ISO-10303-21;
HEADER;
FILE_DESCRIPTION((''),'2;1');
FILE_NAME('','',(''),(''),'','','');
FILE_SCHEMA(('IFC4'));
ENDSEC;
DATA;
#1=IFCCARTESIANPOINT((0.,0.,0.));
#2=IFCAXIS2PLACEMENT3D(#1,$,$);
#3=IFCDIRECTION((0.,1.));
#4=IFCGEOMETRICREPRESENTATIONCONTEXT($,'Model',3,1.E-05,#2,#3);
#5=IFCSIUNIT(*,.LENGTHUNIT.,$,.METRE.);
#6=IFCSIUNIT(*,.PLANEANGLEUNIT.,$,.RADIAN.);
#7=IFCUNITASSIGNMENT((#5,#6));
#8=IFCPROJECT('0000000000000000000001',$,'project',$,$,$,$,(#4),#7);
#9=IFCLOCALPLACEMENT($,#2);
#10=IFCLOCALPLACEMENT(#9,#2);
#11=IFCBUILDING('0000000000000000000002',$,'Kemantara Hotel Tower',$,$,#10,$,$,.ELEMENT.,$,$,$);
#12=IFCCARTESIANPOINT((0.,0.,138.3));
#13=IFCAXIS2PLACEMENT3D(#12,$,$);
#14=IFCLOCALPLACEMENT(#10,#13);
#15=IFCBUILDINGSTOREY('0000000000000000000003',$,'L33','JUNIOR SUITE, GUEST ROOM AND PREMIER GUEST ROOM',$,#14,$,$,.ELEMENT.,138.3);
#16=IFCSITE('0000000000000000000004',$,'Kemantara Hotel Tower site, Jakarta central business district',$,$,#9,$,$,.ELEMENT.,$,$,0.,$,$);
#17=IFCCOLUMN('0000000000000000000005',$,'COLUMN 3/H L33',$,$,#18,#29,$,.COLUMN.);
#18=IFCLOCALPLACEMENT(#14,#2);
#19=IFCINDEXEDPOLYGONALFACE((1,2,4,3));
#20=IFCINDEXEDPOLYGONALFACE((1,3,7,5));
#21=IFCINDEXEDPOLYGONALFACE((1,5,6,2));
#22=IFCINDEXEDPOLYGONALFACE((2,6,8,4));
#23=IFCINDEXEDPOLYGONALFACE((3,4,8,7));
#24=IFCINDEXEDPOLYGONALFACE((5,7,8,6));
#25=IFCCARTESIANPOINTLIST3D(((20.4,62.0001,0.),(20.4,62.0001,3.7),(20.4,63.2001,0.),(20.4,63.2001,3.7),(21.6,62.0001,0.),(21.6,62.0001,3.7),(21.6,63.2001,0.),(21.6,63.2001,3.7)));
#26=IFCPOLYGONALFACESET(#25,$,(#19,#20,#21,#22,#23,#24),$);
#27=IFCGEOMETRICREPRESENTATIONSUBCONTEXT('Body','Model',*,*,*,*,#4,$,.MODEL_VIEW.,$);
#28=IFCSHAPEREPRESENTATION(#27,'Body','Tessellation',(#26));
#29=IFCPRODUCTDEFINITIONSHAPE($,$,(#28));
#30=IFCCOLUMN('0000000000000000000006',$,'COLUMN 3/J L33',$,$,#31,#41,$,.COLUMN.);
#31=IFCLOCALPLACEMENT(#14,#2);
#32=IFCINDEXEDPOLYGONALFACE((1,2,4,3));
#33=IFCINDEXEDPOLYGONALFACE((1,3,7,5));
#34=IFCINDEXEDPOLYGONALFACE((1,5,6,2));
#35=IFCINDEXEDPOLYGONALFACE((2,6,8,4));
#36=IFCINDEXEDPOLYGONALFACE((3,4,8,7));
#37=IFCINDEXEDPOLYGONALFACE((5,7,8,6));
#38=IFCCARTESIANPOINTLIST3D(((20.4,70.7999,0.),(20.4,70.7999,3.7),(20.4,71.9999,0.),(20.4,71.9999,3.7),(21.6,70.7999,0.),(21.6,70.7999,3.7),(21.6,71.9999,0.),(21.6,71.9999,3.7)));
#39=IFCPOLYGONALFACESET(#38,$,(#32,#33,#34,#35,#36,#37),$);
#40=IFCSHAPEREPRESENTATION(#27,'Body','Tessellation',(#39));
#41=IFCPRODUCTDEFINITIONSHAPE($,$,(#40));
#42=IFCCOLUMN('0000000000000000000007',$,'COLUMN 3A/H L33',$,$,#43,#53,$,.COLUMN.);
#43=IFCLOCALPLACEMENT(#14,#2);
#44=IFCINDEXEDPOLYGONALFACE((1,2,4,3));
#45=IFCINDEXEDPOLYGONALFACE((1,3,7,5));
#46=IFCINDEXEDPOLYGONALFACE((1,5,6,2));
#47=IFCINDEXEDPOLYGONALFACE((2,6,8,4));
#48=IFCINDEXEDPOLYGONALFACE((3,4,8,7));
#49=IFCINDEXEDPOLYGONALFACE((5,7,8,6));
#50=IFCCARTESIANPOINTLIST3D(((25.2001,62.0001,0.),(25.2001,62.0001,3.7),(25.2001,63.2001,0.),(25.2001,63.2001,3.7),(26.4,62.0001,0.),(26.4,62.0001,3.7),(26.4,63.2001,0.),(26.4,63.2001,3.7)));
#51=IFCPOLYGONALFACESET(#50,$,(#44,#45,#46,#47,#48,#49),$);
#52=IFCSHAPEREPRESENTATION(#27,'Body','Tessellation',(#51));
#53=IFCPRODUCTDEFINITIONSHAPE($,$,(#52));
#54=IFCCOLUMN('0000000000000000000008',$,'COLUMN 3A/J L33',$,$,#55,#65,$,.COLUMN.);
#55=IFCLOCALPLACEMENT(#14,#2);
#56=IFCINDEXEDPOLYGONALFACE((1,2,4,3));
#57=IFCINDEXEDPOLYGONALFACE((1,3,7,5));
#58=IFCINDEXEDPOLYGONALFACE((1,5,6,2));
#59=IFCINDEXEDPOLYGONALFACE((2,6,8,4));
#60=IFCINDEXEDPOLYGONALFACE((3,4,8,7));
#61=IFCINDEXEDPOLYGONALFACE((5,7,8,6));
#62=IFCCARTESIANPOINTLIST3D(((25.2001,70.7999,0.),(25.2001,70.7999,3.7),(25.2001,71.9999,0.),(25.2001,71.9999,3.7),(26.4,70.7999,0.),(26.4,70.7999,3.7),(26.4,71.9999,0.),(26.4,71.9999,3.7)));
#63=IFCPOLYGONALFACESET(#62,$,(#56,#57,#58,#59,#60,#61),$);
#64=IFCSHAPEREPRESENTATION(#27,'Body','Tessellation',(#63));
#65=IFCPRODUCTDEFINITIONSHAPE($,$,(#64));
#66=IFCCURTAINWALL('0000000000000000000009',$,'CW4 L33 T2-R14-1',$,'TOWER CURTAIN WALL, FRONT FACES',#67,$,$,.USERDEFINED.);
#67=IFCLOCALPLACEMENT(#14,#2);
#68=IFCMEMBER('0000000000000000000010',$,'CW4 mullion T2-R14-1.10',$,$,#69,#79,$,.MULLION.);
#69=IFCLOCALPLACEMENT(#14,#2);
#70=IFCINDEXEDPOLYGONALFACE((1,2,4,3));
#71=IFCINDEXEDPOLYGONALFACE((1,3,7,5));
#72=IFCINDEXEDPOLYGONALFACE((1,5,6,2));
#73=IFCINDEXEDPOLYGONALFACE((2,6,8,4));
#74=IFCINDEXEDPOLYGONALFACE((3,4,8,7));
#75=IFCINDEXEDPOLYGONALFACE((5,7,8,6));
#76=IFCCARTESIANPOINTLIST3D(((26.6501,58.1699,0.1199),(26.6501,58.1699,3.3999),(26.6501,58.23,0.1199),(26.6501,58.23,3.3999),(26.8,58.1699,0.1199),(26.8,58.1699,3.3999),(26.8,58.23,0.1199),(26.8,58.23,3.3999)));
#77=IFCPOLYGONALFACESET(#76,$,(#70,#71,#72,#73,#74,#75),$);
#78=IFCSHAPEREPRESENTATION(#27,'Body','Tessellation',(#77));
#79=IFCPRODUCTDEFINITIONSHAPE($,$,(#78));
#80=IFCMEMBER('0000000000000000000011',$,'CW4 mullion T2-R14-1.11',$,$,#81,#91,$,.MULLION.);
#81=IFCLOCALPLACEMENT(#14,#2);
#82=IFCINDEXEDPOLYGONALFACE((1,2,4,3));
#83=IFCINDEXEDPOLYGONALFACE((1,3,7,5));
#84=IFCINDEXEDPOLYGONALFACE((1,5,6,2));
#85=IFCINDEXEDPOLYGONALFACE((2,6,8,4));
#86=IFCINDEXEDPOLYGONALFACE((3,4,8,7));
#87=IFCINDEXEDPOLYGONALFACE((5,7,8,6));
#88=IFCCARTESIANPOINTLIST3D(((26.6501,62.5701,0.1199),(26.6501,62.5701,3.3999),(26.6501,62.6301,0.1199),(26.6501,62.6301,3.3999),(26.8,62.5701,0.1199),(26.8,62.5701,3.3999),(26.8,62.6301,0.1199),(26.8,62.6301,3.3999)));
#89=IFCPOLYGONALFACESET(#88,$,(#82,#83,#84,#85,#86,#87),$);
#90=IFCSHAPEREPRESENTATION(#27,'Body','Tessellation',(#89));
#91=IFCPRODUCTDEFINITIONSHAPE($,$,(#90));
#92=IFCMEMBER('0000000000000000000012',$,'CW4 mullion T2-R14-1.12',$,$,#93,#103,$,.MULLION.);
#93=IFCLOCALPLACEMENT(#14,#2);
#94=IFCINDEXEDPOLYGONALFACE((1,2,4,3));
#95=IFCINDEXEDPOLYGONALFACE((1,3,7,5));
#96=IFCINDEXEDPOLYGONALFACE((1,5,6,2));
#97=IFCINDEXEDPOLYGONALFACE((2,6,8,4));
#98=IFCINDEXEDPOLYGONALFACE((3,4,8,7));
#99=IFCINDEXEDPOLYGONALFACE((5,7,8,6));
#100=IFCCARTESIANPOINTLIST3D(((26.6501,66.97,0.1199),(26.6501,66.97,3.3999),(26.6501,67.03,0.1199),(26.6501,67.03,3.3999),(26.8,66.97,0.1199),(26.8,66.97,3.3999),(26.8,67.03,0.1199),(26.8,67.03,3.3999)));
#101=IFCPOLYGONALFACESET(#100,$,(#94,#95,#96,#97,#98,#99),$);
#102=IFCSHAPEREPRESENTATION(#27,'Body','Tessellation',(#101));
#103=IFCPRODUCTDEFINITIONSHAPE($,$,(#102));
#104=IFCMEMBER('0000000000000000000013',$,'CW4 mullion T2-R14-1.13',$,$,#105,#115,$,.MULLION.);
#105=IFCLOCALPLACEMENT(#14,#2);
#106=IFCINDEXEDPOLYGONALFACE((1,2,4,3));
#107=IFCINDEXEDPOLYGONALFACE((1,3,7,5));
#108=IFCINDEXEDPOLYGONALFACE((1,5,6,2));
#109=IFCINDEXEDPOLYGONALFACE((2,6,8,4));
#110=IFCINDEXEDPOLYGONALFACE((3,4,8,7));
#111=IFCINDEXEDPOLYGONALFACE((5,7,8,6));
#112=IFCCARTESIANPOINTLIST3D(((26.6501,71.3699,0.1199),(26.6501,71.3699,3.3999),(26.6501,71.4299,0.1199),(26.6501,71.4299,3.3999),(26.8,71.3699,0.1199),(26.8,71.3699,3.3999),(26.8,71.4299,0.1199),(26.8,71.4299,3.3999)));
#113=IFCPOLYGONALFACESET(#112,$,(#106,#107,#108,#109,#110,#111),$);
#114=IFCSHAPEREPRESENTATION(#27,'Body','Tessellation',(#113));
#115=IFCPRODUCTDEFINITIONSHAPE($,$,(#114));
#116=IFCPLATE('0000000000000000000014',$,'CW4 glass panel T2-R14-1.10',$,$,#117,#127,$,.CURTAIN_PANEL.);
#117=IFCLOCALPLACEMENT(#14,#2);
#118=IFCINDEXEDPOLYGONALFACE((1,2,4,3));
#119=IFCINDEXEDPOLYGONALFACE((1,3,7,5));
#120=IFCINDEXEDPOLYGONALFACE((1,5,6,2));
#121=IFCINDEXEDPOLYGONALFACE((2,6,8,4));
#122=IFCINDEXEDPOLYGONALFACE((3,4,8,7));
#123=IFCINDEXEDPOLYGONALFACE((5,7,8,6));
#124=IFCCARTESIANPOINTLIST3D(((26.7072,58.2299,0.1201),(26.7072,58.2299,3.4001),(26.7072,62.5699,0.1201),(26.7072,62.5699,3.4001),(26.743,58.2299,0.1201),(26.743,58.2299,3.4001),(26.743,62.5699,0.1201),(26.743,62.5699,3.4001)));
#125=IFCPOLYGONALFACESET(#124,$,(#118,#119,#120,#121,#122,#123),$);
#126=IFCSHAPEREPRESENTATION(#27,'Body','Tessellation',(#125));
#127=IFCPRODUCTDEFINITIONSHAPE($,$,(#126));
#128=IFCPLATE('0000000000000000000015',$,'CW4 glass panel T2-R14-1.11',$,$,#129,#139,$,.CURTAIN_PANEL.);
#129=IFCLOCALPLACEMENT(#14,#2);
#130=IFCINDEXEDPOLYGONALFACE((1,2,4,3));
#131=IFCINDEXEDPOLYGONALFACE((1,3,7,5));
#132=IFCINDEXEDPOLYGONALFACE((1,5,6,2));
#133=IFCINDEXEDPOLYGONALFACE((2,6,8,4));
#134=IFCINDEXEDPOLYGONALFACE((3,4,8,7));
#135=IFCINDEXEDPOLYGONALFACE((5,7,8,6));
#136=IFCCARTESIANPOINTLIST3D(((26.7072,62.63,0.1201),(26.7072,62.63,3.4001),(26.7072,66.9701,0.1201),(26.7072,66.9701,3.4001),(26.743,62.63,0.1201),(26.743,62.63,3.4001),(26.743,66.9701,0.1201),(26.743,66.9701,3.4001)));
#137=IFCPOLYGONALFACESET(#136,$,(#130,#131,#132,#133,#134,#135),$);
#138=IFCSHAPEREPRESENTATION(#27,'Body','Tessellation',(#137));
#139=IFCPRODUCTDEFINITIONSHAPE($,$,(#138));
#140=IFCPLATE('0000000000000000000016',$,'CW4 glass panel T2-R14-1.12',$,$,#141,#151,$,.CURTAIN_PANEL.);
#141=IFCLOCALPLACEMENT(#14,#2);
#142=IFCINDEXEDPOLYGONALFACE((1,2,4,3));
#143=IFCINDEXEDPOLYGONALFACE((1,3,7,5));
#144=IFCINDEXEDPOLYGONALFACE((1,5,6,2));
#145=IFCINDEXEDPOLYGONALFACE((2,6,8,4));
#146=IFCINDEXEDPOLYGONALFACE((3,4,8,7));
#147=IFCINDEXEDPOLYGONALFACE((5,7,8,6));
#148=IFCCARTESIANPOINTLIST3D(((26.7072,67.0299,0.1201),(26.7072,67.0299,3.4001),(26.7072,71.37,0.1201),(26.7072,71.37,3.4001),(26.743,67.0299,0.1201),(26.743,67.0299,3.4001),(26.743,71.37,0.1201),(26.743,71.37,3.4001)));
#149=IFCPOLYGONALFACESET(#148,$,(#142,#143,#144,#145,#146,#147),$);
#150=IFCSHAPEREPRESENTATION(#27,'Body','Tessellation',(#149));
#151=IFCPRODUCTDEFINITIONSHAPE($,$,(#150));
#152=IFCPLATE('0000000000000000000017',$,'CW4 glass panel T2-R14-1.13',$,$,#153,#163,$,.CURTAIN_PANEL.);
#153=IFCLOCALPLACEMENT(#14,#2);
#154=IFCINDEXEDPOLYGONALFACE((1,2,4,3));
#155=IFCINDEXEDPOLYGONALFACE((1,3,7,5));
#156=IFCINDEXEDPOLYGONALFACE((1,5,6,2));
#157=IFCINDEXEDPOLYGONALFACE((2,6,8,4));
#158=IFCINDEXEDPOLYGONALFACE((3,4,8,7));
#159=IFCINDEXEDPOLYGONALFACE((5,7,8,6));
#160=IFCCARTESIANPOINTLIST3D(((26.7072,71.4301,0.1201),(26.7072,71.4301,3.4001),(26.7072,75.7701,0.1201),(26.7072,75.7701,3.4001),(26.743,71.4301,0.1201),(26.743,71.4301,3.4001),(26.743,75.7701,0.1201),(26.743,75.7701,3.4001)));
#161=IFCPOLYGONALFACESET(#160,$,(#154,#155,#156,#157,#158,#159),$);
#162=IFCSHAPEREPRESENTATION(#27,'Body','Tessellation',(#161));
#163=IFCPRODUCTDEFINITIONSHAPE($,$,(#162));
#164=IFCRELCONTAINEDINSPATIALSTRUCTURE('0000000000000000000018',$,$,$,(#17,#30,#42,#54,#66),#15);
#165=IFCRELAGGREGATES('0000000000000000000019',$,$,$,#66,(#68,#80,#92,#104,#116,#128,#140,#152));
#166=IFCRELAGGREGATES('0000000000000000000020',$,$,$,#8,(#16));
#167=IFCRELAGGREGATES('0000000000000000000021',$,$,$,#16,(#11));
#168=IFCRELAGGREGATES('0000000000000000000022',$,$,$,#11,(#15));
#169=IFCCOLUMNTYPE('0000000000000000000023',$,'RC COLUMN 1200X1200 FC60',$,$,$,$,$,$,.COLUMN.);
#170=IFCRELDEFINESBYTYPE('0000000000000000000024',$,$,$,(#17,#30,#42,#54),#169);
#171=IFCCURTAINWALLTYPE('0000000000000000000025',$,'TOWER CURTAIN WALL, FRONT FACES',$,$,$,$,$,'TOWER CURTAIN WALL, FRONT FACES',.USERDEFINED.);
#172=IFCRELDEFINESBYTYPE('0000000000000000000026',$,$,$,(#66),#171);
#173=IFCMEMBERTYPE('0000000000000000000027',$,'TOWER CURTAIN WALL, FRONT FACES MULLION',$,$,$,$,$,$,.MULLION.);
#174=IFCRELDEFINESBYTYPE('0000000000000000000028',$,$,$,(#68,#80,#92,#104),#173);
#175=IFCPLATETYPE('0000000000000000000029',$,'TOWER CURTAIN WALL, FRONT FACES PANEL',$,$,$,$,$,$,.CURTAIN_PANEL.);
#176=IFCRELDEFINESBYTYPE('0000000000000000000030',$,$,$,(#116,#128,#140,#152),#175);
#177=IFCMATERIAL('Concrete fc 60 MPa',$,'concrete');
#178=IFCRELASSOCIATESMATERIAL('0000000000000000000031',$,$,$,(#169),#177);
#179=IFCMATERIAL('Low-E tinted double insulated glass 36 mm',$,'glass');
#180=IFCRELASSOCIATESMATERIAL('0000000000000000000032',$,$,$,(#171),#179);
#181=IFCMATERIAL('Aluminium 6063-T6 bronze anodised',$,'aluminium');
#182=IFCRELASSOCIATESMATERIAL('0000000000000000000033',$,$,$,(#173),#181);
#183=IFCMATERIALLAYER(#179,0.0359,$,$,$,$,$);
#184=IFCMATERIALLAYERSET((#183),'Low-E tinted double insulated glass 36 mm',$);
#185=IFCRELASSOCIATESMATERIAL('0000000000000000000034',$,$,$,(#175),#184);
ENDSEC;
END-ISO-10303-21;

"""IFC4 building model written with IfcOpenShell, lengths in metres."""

from ifc_helpers import new_model, si_unit, direction, frame, origin, origin_2d, place, context, subcontext, project, spatial, rectangle, extrude, source, transform, mapped, material, layer, layer_set, material_profile, profile_set, type_object, element, aggregate, save


model = new_model("IFC4")

# Units and contexts
model_context = context("Model", 3, precision=1e-05, world=origin(), true_north=direction((0.0, 1.0)))
body_context = subcontext(model_context, "Body", "Model", "MODEL_VIEW")
ifc_project = project(units=[si_unit("LENGTHUNIT", "METRE"), si_unit("PLANEANGLEUNIT", "RADIAN")], contexts=[model_context])

# Site, building, storey
site_placement = place(None, origin())
site = spatial("IfcSite", under=ifc_project, at=site_placement, Name="Kemantara Hotel Tower site, Jakarta central business district", CompositionType="ELEMENT", RefElevation=0.0)
building_placement = place(site_placement, origin())
building = spatial("IfcBuilding", under=site, at=building_placement, Name="Kemantara Hotel Tower", CompositionType="ELEMENT")
storey_placement = place(building_placement, frame((0.0, 0.0, 138.3)))
storey = spatial("IfcBuildingStorey", under=building, at=storey_placement, Name="L33", Description="JUNIOR SUITE, GUEST ROOM AND PREMIER GUEST ROOM", CompositionType="ELEMENT", Elevation=138.3)

# Columns
ifc_material_1 = material(Name="Concrete fc 60 MPa", Category="concrete")
ifc_material_profile_1 = material_profile(ifc_material_1, rectangle(XDim=1.2, YDim=1.2, at=origin_2d()), Name="RC 1200X1200")
ifc_profile_set_1 = profile_set([ifc_material_profile_1], Name="Concrete fc 60 MPa")
column_type = type_object("IfcColumnType", Name="RC COLUMN 1200X1200 FC60", PredefinedType="COLUMN", material=ifc_profile_set_1)
for number, where, z_axis, x_axis, name in (
    (1, (21.0, 62.6001, 0.0), (0.0, 0.0, 1.0), (1.0, 0.0, 0.0), "COLUMN 3/H L33"),
    (2, (21.0, 71.3999, 0.0), (0.0, 0.0, 1.0), (1.0, 0.0, 0.0), "COLUMN 3/J L33"),
    (3, (25.8, 62.6001, 0.0), (0.0, 0.0, 1.0), (1.0, 0.0, 0.0), "COLUMN 3A/H L33"),
    (4, (25.8, 71.3999, 0.0), (0.0, 0.0, 1.0), (1.0, 0.0, 0.0), "COLUMN 3A/J L33"),
):
    element("IfcColumn", number, at=place(storey_placement, frame(where, z_axis=z_axis, x_axis=x_axis)), inside=storey, type_object=column_type, Name=name, PredefinedType="COLUMN", context=body_context, shape_type="SweptSolid", body=[
        extrude(rectangle(XDim=1.2, YDim=1.2, at=origin_2d()), origin(), (0.0, 0.0, 1.0), 3.7),
    ])

# Curtain wall, members, plates
ifc_material_2 = material(Name="Low-E tinted double insulated glass 36 mm", Category="glass")
curtain_wall_type = type_object("IfcCurtainWallType", Name="TOWER CURTAIN WALL, FRONT FACES", ElementType="TOWER CURTAIN WALL, FRONT FACES", PredefinedType="USERDEFINED", material=ifc_material_2)
curtain_wall_placement = place(storey_placement, origin())
curtain_wall = element("IfcCurtainWall", 5, at=curtain_wall_placement, inside=storey, type_object=curtain_wall_type, Name="CW4 L33 T2-R14-1", ObjectType="TOWER CURTAIN WALL, FRONT FACES", PredefinedType="USERDEFINED")
ifc_material_3 = material(Name="Aluminium 6063-T6 bronze anodised", Category="aluminium")
ifc_material_profile_2 = material_profile(ifc_material_3, rectangle(XDim=0.1499, YDim=0.0601, at=origin_2d()), Name="TOWER CURTAIN WALL, FRONT FACES MULLION")
ifc_profile_set_2 = profile_set([ifc_material_profile_2], Name="Aluminium 6063-T6 bronze anodised")
member_type = type_object("IfcMemberType", Name="TOWER CURTAIN WALL, FRONT FACES MULLION", PredefinedType="MULLION", material=ifc_profile_set_2)
shared_shape_1 = source(origin(), body_context, "Body", "SweptSolid", [
    extrude(rectangle(XDim=0.1499, YDim=0.0601, at=origin_2d()), origin(), (0.0, 0.0, 1.0), 3.28),
])
member_1_placement = place(storey_placement, frame((26.7251, 58.2, 0.1199), z_axis=(0.0, 0.0, 1.0), x_axis=(-1.0, 0.0, 0.0)))
member_1 = element("IfcMember", 6, at=member_1_placement, type_object=member_type, Name="CW4 mullion T2-R14-1.10", PredefinedType="MULLION", context=body_context, shape_type="MappedRepresentation", body=[
    mapped(shared_shape_1, transform((0.0, 0.0, 0.0))),
])
member_2_placement = place(storey_placement, frame((26.7251, 62.6001, 0.1199), z_axis=(0.0, 0.0, 1.0), x_axis=(-1.0, 0.0, 0.0)))
member_2 = element("IfcMember", 7, at=member_2_placement, type_object=member_type, Name="CW4 mullion T2-R14-1.11", PredefinedType="MULLION", context=body_context, shape_type="MappedRepresentation", body=[
    mapped(shared_shape_1, transform((0.0, 0.0, 0.0))),
])
member_3_placement = place(storey_placement, frame((26.7251, 67.0, 0.1199), z_axis=(0.0, 0.0, 1.0), x_axis=(-1.0, 0.0, 0.0)))
member_3 = element("IfcMember", 8, at=member_3_placement, type_object=member_type, Name="CW4 mullion T2-R14-1.12", PredefinedType="MULLION", context=body_context, shape_type="MappedRepresentation", body=[
    mapped(shared_shape_1, transform((0.0, 0.0, 0.0))),
])
member_4_placement = place(storey_placement, frame((26.7251, 71.3999, 0.1199), z_axis=(0.0, 0.0, 1.0), x_axis=(-1.0, 0.0, 0.0)))
member_4 = element("IfcMember", 9, at=member_4_placement, type_object=member_type, Name="CW4 mullion T2-R14-1.13", PredefinedType="MULLION", context=body_context, shape_type="MappedRepresentation", body=[
    mapped(shared_shape_1, transform((0.0, 0.0, 0.0))),
])
ifc_layer_1 = layer(ifc_material_2, 0.0359)
ifc_layer_set_1 = layer_set([ifc_layer_1], Name="Low-E tinted double insulated glass 36 mm")
plate_type = type_object("IfcPlateType", Name="TOWER CURTAIN WALL, FRONT FACES PANEL", PredefinedType="CURTAIN_PANEL", material=ifc_layer_set_1)
shared_shape_2 = source(origin(), body_context, "Body", "SweptSolid", [
    extrude(rectangle(XDim=4.3401, YDim=0.0359, at=origin_2d()), origin(), (0.0, 0.0, 1.0), 3.28),
])
plate_1_placement = place(storey_placement, frame((26.7251, 60.3999, 0.1201), z_axis=(0.0, 0.0, 1.0), x_axis=(0.0, 1.0, 0.0)))
plate_1 = element("IfcPlate", 10, at=plate_1_placement, type_object=plate_type, Name="CW4 glass panel T2-R14-1.10", PredefinedType="CURTAIN_PANEL", context=body_context, shape_type="MappedRepresentation", body=[
    mapped(shared_shape_2, transform((0.0, 0.0, 0.0))),
])
plate_2_placement = place(storey_placement, frame((26.7251, 64.8, 0.1201), z_axis=(0.0, 0.0, 1.0), x_axis=(0.0, 1.0, 0.0)))
plate_2 = element("IfcPlate", 11, at=plate_2_placement, type_object=plate_type, Name="CW4 glass panel T2-R14-1.11", PredefinedType="CURTAIN_PANEL", context=body_context, shape_type="MappedRepresentation", body=[
    mapped(shared_shape_2, transform((0.0, 0.0, 0.0))),
])
plate_3_placement = place(storey_placement, frame((26.7251, 69.2, 0.1201), z_axis=(0.0, 0.0, 1.0), x_axis=(0.0, 1.0, 0.0)))
plate_3 = element("IfcPlate", 12, at=plate_3_placement, type_object=plate_type, Name="CW4 glass panel T2-R14-1.12", PredefinedType="CURTAIN_PANEL", context=body_context, shape_type="MappedRepresentation", body=[
    mapped(shared_shape_2, transform((0.0, 0.0, 0.0))),
])
plate_4_placement = place(storey_placement, frame((26.7251, 73.6001, 0.1201), z_axis=(0.0, 0.0, 1.0), x_axis=(0.0, 1.0, 0.0)))
plate_4 = element("IfcPlate", 13, at=plate_4_placement, type_object=plate_type, Name="CW4 glass panel T2-R14-1.13", PredefinedType="CURTAIN_PANEL", context=body_context, shape_type="MappedRepresentation", body=[
    mapped(shared_shape_2, transform((0.0, 0.0, 0.0))),
])
aggregate(curtain_wall, [member_1, member_2, member_3, member_4, plate_1, plate_2, plate_3, plate_4])

save(model, "model.ifc")
